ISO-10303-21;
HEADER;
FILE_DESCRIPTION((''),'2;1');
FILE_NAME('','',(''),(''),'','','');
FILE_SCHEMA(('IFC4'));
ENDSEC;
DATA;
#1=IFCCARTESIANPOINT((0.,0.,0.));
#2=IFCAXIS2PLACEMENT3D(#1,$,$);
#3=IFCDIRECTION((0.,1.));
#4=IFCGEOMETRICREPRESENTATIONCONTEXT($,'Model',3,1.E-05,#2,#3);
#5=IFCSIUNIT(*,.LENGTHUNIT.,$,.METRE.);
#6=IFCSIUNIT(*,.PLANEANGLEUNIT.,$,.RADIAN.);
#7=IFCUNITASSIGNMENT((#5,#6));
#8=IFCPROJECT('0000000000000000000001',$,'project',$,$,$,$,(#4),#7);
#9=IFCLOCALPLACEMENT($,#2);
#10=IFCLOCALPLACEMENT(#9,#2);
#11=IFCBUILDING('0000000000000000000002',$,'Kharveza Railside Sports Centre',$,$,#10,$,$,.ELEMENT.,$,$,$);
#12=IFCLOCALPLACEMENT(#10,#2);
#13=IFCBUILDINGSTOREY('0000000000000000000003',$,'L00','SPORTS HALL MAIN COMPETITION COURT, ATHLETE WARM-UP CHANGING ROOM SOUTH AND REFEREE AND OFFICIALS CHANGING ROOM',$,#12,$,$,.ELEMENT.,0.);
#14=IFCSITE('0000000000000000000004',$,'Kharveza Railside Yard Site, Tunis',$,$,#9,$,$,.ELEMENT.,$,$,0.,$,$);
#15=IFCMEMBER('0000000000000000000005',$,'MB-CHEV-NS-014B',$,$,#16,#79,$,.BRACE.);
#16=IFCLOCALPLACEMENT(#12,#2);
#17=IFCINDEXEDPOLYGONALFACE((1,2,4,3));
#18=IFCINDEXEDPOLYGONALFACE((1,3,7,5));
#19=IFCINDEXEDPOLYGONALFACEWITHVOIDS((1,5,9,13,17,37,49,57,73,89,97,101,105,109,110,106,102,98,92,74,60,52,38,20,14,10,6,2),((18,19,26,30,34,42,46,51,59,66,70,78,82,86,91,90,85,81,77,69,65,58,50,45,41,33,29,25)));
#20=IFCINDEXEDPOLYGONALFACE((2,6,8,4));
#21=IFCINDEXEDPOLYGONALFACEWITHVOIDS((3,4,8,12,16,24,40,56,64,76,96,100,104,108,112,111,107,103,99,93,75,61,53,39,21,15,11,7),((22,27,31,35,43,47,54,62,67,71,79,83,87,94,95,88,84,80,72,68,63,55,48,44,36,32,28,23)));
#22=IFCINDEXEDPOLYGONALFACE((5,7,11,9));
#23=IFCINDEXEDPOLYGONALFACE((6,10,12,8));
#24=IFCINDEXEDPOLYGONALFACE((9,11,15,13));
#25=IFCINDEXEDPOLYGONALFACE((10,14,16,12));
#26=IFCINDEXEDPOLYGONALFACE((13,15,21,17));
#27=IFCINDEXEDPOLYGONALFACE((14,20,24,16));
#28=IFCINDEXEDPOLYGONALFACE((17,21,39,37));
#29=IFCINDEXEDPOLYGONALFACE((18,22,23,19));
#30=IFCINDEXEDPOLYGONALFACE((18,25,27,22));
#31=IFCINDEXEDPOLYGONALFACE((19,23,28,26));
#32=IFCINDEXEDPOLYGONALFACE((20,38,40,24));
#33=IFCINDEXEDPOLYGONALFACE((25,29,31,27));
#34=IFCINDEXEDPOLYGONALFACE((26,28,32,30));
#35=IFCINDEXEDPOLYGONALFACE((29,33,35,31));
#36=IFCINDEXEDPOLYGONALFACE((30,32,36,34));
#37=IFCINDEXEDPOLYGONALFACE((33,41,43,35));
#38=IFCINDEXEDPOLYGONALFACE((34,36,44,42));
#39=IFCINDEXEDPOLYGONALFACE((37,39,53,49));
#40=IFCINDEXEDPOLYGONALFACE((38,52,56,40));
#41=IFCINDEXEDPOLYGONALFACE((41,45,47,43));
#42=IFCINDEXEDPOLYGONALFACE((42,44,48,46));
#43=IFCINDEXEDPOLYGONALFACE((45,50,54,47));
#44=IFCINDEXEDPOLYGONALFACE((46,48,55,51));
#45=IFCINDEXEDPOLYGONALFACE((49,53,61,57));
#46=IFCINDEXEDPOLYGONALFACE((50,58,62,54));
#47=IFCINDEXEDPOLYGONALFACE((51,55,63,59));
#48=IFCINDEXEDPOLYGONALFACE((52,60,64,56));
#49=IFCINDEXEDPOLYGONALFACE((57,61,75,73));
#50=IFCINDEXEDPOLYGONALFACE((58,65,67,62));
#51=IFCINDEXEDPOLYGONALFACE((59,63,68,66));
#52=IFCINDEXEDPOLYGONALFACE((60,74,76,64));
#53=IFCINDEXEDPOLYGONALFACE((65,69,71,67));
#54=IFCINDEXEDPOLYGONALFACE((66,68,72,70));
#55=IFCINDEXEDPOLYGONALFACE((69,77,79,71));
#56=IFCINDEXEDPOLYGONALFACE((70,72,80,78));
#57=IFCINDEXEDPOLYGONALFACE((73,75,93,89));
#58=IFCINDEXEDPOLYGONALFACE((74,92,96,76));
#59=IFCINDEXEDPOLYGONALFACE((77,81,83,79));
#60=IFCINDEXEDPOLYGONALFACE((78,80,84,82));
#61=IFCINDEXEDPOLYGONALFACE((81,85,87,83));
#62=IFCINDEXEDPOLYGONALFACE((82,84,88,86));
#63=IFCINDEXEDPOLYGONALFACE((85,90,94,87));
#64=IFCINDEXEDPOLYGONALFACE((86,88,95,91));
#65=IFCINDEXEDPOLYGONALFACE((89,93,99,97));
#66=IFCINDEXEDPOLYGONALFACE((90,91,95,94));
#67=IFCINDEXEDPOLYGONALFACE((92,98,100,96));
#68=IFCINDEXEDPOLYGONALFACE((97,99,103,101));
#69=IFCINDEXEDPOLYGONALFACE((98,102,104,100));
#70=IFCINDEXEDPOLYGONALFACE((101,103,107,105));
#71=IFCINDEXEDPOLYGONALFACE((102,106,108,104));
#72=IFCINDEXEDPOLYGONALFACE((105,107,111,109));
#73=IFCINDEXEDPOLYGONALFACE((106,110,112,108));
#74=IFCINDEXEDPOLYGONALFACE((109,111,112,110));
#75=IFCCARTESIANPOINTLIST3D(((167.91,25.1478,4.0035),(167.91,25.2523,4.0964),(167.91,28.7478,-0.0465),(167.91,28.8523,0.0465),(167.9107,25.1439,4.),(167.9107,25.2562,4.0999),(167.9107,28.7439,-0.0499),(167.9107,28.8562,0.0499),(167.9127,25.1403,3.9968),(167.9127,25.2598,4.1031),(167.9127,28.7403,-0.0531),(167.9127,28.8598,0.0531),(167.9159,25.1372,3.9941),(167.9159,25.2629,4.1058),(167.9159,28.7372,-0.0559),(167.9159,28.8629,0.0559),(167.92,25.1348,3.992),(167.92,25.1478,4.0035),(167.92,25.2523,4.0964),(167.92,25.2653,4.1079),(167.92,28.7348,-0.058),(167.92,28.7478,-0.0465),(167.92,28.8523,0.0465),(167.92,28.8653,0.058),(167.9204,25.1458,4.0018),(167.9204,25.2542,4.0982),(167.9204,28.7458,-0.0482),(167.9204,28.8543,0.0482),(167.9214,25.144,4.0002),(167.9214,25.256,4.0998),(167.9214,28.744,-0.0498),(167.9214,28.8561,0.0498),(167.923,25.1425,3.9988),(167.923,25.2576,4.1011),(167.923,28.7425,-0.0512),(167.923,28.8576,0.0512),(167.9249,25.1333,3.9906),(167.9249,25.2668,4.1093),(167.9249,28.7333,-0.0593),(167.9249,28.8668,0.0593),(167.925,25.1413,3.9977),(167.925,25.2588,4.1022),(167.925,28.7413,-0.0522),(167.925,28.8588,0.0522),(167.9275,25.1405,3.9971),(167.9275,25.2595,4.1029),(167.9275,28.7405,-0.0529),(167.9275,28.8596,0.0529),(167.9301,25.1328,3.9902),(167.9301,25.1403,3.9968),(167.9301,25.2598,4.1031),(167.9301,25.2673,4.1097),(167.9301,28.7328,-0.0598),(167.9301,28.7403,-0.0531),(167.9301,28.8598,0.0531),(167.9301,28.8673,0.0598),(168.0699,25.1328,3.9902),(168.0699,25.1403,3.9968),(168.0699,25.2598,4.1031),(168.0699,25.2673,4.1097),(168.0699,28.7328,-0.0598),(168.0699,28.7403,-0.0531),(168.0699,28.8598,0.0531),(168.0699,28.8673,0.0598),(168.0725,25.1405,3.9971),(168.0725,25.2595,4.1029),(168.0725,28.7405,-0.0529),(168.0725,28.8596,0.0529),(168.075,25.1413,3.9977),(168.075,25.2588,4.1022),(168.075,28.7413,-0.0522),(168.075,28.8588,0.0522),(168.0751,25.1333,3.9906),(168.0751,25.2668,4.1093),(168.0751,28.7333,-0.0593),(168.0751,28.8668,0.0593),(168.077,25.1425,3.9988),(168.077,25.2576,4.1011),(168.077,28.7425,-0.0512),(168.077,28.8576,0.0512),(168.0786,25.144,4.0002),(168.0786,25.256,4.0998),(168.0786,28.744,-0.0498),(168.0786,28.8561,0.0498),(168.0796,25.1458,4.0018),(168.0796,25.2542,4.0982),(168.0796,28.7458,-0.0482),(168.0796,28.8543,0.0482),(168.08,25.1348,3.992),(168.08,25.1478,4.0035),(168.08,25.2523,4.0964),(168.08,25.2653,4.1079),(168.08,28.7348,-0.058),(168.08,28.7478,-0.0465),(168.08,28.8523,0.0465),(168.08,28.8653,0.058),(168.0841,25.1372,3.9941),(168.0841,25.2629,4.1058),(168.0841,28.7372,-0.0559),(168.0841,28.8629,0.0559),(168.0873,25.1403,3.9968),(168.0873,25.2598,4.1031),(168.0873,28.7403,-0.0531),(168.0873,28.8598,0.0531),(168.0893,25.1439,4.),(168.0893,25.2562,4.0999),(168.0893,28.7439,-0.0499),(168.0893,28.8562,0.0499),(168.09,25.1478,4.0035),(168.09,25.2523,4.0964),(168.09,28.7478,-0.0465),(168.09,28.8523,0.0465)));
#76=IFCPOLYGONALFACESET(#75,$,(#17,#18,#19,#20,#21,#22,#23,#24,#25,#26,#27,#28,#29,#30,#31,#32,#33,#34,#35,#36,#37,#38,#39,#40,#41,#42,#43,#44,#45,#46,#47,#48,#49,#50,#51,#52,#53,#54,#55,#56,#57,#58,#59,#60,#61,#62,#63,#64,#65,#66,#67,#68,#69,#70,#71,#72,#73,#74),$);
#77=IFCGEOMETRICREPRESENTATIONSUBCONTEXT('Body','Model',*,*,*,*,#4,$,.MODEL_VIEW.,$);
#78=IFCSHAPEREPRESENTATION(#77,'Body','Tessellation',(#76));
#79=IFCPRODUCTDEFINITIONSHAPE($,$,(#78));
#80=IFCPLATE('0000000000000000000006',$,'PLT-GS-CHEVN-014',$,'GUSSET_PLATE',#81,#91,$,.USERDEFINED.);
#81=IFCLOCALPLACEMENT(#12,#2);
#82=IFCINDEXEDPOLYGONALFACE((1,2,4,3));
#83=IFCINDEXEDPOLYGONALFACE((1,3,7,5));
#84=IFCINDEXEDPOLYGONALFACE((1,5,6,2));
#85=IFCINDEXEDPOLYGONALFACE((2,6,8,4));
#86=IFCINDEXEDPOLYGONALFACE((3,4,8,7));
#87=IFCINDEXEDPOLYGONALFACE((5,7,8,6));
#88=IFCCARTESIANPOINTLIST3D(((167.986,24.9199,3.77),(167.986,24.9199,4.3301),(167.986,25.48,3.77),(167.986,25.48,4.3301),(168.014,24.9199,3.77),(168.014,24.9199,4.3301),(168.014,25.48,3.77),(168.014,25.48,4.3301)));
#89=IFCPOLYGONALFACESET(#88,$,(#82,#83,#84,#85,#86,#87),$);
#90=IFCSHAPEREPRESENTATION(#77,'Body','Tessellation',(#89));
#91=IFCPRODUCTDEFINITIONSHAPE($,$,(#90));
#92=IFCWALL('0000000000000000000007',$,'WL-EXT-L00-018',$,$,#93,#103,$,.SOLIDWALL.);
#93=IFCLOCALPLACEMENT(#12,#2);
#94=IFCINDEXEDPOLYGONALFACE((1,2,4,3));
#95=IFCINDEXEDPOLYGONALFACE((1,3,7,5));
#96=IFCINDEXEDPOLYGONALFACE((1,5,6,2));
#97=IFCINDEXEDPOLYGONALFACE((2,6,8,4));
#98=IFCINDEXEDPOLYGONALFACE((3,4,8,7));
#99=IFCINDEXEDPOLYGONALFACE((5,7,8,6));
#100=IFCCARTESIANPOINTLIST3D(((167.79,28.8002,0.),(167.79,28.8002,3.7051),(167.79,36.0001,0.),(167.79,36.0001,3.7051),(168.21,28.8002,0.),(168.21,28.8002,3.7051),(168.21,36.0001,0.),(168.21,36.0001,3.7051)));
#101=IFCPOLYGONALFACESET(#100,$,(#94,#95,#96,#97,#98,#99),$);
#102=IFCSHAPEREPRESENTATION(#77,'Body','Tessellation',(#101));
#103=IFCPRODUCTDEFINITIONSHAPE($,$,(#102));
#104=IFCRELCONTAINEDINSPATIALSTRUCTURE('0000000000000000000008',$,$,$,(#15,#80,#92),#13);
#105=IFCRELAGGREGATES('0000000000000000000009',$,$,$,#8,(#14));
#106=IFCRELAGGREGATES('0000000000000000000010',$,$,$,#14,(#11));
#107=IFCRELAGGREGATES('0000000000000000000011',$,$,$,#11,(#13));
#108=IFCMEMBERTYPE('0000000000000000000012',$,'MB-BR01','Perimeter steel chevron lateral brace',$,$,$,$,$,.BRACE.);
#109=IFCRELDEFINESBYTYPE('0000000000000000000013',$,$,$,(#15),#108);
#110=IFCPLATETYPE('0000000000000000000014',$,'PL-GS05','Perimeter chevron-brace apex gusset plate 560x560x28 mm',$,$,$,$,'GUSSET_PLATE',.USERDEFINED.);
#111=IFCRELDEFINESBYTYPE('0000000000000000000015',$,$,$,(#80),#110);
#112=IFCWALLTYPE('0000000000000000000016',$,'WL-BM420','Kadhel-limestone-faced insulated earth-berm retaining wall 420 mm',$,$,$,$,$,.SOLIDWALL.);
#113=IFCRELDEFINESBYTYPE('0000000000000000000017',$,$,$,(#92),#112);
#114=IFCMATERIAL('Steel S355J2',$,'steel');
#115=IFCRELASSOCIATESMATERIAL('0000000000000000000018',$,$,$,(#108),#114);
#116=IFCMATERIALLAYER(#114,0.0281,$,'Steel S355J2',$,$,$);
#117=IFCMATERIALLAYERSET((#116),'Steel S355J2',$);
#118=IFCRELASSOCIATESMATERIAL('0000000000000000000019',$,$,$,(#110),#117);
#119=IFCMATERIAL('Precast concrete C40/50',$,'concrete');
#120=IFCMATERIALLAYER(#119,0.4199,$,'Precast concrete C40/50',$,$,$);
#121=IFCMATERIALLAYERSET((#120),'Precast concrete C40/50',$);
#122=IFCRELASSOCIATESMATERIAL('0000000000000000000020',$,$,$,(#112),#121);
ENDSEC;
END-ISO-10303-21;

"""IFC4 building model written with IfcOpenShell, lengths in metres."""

from ifc_helpers import new_model, si_unit, direction, frame, frame_2d, origin, origin_2d, place, context, subcontext, project, spatial, rectangle, hollow_rectangle, extrude, material, layer, layer_set, material_profile, profile_set, type_object, element, save


model = new_model("IFC4")

# Units and contexts
model_context = context("Model", 3, precision=1e-05, world=origin(), true_north=direction((0.0, 1.0)))
body_context = subcontext(model_context, "Body", "Model", "MODEL_VIEW")
ifc_project = project(units=[si_unit("LENGTHUNIT", "METRE"), si_unit("PLANEANGLEUNIT", "RADIAN")], contexts=[model_context])

# Site, building, storey
site_placement = place(None, origin())
site = spatial("IfcSite", under=ifc_project, at=site_placement, Name="Kharveza Railside Yard Site, Tunis", CompositionType="ELEMENT", RefElevation=0.0)
building_placement = place(site_placement, origin())
building = spatial("IfcBuilding", under=site, at=building_placement, Name="Kharveza Railside Sports Centre", CompositionType="ELEMENT")
storey_placement = place(building_placement, origin())
storey = spatial("IfcBuildingStorey", under=building, at=storey_placement, Name="L00", Description="SPORTS HALL MAIN COMPETITION COURT, ATHLETE WARM-UP CHANGING ROOM SOUTH AND REFEREE AND OFFICIALS CHANGING ROOM", CompositionType="ELEMENT", Elevation=0.0)

# Shared definitions
ifc_material_1 = material(Name="Steel S355J2", Category="steel")

# Member
ifc_material_profile_1 = material_profile(ifc_material_1, hollow_rectangle(XDim=0.1799, YDim=0.1799, WallThickness=0.01, InnerFilletRadius=0.01, OuterFilletRadius=0.02, at=origin_2d()), Name="SHS 180x180x10.0")
ifc_profile_set_1 = profile_set([ifc_material_profile_1], Name="Steel S355J2")
member_type = type_object("IfcMemberType", Name="MB-BR01", Description="Perimeter steel chevron lateral brace", PredefinedType="BRACE", material=ifc_profile_set_1)
member_placement = place(storey_placement, frame((168.0, 28.8, 0.0), z_axis=(0.0, -0.664369, 0.747404), x_axis=(1.0, 0.0, 0.0)))
element("IfcMember", 1, at=member_placement, inside=storey, type_object=member_type, Name="MB-CHEV-NS-014B", PredefinedType="BRACE", context=body_context, shape_type="SweptSolid", body=[
    extrude(hollow_rectangle(XDim=0.1799, YDim=0.1799, WallThickness=0.01, InnerFilletRadius=0.01, OuterFilletRadius=0.02, at=origin_2d()), origin(), (0.0, 0.0, 1.0), 5.4187),
])

# Plate
ifc_layer_1 = layer(ifc_material_1, 0.0281, Name="Steel S355J2")
ifc_layer_set_1 = layer_set([ifc_layer_1], Name="Steel S355J2")
plate_type = type_object("IfcPlateType", Name="PL-GS05", Description="Perimeter chevron-brace apex gusset plate 560x560x28 mm", ElementType="GUSSET_PLATE", PredefinedType="USERDEFINED", material=ifc_layer_set_1)
plate_placement = place(storey_placement, frame((168.0, 25.2, 3.77), z_axis=(0.0, 0.0, 1.0), x_axis=(1.0, 0.0, 0.0)))
element("IfcPlate", 2, at=plate_placement, inside=storey, type_object=plate_type, Name="PLT-GS-CHEVN-014", ObjectType="GUSSET_PLATE", PredefinedType="USERDEFINED", context=body_context, shape_type="SweptSolid", body=[
    extrude(rectangle(XDim=0.0281, YDim=0.5601, at=origin_2d()), origin(), (0.0, 0.0, 1.0), 0.5601),
])

# Wall
ifc_material_2 = material(Name="Precast concrete C40/50", Category="concrete")
ifc_layer_2 = layer(ifc_material_2, 0.4199, Name="Precast concrete C40/50")
ifc_layer_set_2 = layer_set([ifc_layer_2], Name="Precast concrete C40/50")
wall_type = type_object("IfcWallType", Name="WL-BM420", Description="Kadhel-limestone-faced insulated earth-berm retaining wall 420 mm", PredefinedType="SOLIDWALL", material=ifc_layer_set_2)
wall_placement = place(storey_placement, frame((168.0, 28.8, 0.0), z_axis=(0.0, 0.0, 1.0), x_axis=(0.0, 1.0, 0.0)))
element("IfcWall", 3, at=wall_placement, inside=storey, type_object=wall_type, Name="WL-EXT-L00-018", PredefinedType="SOLIDWALL", context=body_context, shape_type="SweptSolid", body=[
    extrude(rectangle(XDim=7.2, YDim=0.4199, at=frame_2d((3.6001, 0.0))), origin(), (0.0, 0.0, 1.0), 3.7051),
])

save(model, "model.ifc")
